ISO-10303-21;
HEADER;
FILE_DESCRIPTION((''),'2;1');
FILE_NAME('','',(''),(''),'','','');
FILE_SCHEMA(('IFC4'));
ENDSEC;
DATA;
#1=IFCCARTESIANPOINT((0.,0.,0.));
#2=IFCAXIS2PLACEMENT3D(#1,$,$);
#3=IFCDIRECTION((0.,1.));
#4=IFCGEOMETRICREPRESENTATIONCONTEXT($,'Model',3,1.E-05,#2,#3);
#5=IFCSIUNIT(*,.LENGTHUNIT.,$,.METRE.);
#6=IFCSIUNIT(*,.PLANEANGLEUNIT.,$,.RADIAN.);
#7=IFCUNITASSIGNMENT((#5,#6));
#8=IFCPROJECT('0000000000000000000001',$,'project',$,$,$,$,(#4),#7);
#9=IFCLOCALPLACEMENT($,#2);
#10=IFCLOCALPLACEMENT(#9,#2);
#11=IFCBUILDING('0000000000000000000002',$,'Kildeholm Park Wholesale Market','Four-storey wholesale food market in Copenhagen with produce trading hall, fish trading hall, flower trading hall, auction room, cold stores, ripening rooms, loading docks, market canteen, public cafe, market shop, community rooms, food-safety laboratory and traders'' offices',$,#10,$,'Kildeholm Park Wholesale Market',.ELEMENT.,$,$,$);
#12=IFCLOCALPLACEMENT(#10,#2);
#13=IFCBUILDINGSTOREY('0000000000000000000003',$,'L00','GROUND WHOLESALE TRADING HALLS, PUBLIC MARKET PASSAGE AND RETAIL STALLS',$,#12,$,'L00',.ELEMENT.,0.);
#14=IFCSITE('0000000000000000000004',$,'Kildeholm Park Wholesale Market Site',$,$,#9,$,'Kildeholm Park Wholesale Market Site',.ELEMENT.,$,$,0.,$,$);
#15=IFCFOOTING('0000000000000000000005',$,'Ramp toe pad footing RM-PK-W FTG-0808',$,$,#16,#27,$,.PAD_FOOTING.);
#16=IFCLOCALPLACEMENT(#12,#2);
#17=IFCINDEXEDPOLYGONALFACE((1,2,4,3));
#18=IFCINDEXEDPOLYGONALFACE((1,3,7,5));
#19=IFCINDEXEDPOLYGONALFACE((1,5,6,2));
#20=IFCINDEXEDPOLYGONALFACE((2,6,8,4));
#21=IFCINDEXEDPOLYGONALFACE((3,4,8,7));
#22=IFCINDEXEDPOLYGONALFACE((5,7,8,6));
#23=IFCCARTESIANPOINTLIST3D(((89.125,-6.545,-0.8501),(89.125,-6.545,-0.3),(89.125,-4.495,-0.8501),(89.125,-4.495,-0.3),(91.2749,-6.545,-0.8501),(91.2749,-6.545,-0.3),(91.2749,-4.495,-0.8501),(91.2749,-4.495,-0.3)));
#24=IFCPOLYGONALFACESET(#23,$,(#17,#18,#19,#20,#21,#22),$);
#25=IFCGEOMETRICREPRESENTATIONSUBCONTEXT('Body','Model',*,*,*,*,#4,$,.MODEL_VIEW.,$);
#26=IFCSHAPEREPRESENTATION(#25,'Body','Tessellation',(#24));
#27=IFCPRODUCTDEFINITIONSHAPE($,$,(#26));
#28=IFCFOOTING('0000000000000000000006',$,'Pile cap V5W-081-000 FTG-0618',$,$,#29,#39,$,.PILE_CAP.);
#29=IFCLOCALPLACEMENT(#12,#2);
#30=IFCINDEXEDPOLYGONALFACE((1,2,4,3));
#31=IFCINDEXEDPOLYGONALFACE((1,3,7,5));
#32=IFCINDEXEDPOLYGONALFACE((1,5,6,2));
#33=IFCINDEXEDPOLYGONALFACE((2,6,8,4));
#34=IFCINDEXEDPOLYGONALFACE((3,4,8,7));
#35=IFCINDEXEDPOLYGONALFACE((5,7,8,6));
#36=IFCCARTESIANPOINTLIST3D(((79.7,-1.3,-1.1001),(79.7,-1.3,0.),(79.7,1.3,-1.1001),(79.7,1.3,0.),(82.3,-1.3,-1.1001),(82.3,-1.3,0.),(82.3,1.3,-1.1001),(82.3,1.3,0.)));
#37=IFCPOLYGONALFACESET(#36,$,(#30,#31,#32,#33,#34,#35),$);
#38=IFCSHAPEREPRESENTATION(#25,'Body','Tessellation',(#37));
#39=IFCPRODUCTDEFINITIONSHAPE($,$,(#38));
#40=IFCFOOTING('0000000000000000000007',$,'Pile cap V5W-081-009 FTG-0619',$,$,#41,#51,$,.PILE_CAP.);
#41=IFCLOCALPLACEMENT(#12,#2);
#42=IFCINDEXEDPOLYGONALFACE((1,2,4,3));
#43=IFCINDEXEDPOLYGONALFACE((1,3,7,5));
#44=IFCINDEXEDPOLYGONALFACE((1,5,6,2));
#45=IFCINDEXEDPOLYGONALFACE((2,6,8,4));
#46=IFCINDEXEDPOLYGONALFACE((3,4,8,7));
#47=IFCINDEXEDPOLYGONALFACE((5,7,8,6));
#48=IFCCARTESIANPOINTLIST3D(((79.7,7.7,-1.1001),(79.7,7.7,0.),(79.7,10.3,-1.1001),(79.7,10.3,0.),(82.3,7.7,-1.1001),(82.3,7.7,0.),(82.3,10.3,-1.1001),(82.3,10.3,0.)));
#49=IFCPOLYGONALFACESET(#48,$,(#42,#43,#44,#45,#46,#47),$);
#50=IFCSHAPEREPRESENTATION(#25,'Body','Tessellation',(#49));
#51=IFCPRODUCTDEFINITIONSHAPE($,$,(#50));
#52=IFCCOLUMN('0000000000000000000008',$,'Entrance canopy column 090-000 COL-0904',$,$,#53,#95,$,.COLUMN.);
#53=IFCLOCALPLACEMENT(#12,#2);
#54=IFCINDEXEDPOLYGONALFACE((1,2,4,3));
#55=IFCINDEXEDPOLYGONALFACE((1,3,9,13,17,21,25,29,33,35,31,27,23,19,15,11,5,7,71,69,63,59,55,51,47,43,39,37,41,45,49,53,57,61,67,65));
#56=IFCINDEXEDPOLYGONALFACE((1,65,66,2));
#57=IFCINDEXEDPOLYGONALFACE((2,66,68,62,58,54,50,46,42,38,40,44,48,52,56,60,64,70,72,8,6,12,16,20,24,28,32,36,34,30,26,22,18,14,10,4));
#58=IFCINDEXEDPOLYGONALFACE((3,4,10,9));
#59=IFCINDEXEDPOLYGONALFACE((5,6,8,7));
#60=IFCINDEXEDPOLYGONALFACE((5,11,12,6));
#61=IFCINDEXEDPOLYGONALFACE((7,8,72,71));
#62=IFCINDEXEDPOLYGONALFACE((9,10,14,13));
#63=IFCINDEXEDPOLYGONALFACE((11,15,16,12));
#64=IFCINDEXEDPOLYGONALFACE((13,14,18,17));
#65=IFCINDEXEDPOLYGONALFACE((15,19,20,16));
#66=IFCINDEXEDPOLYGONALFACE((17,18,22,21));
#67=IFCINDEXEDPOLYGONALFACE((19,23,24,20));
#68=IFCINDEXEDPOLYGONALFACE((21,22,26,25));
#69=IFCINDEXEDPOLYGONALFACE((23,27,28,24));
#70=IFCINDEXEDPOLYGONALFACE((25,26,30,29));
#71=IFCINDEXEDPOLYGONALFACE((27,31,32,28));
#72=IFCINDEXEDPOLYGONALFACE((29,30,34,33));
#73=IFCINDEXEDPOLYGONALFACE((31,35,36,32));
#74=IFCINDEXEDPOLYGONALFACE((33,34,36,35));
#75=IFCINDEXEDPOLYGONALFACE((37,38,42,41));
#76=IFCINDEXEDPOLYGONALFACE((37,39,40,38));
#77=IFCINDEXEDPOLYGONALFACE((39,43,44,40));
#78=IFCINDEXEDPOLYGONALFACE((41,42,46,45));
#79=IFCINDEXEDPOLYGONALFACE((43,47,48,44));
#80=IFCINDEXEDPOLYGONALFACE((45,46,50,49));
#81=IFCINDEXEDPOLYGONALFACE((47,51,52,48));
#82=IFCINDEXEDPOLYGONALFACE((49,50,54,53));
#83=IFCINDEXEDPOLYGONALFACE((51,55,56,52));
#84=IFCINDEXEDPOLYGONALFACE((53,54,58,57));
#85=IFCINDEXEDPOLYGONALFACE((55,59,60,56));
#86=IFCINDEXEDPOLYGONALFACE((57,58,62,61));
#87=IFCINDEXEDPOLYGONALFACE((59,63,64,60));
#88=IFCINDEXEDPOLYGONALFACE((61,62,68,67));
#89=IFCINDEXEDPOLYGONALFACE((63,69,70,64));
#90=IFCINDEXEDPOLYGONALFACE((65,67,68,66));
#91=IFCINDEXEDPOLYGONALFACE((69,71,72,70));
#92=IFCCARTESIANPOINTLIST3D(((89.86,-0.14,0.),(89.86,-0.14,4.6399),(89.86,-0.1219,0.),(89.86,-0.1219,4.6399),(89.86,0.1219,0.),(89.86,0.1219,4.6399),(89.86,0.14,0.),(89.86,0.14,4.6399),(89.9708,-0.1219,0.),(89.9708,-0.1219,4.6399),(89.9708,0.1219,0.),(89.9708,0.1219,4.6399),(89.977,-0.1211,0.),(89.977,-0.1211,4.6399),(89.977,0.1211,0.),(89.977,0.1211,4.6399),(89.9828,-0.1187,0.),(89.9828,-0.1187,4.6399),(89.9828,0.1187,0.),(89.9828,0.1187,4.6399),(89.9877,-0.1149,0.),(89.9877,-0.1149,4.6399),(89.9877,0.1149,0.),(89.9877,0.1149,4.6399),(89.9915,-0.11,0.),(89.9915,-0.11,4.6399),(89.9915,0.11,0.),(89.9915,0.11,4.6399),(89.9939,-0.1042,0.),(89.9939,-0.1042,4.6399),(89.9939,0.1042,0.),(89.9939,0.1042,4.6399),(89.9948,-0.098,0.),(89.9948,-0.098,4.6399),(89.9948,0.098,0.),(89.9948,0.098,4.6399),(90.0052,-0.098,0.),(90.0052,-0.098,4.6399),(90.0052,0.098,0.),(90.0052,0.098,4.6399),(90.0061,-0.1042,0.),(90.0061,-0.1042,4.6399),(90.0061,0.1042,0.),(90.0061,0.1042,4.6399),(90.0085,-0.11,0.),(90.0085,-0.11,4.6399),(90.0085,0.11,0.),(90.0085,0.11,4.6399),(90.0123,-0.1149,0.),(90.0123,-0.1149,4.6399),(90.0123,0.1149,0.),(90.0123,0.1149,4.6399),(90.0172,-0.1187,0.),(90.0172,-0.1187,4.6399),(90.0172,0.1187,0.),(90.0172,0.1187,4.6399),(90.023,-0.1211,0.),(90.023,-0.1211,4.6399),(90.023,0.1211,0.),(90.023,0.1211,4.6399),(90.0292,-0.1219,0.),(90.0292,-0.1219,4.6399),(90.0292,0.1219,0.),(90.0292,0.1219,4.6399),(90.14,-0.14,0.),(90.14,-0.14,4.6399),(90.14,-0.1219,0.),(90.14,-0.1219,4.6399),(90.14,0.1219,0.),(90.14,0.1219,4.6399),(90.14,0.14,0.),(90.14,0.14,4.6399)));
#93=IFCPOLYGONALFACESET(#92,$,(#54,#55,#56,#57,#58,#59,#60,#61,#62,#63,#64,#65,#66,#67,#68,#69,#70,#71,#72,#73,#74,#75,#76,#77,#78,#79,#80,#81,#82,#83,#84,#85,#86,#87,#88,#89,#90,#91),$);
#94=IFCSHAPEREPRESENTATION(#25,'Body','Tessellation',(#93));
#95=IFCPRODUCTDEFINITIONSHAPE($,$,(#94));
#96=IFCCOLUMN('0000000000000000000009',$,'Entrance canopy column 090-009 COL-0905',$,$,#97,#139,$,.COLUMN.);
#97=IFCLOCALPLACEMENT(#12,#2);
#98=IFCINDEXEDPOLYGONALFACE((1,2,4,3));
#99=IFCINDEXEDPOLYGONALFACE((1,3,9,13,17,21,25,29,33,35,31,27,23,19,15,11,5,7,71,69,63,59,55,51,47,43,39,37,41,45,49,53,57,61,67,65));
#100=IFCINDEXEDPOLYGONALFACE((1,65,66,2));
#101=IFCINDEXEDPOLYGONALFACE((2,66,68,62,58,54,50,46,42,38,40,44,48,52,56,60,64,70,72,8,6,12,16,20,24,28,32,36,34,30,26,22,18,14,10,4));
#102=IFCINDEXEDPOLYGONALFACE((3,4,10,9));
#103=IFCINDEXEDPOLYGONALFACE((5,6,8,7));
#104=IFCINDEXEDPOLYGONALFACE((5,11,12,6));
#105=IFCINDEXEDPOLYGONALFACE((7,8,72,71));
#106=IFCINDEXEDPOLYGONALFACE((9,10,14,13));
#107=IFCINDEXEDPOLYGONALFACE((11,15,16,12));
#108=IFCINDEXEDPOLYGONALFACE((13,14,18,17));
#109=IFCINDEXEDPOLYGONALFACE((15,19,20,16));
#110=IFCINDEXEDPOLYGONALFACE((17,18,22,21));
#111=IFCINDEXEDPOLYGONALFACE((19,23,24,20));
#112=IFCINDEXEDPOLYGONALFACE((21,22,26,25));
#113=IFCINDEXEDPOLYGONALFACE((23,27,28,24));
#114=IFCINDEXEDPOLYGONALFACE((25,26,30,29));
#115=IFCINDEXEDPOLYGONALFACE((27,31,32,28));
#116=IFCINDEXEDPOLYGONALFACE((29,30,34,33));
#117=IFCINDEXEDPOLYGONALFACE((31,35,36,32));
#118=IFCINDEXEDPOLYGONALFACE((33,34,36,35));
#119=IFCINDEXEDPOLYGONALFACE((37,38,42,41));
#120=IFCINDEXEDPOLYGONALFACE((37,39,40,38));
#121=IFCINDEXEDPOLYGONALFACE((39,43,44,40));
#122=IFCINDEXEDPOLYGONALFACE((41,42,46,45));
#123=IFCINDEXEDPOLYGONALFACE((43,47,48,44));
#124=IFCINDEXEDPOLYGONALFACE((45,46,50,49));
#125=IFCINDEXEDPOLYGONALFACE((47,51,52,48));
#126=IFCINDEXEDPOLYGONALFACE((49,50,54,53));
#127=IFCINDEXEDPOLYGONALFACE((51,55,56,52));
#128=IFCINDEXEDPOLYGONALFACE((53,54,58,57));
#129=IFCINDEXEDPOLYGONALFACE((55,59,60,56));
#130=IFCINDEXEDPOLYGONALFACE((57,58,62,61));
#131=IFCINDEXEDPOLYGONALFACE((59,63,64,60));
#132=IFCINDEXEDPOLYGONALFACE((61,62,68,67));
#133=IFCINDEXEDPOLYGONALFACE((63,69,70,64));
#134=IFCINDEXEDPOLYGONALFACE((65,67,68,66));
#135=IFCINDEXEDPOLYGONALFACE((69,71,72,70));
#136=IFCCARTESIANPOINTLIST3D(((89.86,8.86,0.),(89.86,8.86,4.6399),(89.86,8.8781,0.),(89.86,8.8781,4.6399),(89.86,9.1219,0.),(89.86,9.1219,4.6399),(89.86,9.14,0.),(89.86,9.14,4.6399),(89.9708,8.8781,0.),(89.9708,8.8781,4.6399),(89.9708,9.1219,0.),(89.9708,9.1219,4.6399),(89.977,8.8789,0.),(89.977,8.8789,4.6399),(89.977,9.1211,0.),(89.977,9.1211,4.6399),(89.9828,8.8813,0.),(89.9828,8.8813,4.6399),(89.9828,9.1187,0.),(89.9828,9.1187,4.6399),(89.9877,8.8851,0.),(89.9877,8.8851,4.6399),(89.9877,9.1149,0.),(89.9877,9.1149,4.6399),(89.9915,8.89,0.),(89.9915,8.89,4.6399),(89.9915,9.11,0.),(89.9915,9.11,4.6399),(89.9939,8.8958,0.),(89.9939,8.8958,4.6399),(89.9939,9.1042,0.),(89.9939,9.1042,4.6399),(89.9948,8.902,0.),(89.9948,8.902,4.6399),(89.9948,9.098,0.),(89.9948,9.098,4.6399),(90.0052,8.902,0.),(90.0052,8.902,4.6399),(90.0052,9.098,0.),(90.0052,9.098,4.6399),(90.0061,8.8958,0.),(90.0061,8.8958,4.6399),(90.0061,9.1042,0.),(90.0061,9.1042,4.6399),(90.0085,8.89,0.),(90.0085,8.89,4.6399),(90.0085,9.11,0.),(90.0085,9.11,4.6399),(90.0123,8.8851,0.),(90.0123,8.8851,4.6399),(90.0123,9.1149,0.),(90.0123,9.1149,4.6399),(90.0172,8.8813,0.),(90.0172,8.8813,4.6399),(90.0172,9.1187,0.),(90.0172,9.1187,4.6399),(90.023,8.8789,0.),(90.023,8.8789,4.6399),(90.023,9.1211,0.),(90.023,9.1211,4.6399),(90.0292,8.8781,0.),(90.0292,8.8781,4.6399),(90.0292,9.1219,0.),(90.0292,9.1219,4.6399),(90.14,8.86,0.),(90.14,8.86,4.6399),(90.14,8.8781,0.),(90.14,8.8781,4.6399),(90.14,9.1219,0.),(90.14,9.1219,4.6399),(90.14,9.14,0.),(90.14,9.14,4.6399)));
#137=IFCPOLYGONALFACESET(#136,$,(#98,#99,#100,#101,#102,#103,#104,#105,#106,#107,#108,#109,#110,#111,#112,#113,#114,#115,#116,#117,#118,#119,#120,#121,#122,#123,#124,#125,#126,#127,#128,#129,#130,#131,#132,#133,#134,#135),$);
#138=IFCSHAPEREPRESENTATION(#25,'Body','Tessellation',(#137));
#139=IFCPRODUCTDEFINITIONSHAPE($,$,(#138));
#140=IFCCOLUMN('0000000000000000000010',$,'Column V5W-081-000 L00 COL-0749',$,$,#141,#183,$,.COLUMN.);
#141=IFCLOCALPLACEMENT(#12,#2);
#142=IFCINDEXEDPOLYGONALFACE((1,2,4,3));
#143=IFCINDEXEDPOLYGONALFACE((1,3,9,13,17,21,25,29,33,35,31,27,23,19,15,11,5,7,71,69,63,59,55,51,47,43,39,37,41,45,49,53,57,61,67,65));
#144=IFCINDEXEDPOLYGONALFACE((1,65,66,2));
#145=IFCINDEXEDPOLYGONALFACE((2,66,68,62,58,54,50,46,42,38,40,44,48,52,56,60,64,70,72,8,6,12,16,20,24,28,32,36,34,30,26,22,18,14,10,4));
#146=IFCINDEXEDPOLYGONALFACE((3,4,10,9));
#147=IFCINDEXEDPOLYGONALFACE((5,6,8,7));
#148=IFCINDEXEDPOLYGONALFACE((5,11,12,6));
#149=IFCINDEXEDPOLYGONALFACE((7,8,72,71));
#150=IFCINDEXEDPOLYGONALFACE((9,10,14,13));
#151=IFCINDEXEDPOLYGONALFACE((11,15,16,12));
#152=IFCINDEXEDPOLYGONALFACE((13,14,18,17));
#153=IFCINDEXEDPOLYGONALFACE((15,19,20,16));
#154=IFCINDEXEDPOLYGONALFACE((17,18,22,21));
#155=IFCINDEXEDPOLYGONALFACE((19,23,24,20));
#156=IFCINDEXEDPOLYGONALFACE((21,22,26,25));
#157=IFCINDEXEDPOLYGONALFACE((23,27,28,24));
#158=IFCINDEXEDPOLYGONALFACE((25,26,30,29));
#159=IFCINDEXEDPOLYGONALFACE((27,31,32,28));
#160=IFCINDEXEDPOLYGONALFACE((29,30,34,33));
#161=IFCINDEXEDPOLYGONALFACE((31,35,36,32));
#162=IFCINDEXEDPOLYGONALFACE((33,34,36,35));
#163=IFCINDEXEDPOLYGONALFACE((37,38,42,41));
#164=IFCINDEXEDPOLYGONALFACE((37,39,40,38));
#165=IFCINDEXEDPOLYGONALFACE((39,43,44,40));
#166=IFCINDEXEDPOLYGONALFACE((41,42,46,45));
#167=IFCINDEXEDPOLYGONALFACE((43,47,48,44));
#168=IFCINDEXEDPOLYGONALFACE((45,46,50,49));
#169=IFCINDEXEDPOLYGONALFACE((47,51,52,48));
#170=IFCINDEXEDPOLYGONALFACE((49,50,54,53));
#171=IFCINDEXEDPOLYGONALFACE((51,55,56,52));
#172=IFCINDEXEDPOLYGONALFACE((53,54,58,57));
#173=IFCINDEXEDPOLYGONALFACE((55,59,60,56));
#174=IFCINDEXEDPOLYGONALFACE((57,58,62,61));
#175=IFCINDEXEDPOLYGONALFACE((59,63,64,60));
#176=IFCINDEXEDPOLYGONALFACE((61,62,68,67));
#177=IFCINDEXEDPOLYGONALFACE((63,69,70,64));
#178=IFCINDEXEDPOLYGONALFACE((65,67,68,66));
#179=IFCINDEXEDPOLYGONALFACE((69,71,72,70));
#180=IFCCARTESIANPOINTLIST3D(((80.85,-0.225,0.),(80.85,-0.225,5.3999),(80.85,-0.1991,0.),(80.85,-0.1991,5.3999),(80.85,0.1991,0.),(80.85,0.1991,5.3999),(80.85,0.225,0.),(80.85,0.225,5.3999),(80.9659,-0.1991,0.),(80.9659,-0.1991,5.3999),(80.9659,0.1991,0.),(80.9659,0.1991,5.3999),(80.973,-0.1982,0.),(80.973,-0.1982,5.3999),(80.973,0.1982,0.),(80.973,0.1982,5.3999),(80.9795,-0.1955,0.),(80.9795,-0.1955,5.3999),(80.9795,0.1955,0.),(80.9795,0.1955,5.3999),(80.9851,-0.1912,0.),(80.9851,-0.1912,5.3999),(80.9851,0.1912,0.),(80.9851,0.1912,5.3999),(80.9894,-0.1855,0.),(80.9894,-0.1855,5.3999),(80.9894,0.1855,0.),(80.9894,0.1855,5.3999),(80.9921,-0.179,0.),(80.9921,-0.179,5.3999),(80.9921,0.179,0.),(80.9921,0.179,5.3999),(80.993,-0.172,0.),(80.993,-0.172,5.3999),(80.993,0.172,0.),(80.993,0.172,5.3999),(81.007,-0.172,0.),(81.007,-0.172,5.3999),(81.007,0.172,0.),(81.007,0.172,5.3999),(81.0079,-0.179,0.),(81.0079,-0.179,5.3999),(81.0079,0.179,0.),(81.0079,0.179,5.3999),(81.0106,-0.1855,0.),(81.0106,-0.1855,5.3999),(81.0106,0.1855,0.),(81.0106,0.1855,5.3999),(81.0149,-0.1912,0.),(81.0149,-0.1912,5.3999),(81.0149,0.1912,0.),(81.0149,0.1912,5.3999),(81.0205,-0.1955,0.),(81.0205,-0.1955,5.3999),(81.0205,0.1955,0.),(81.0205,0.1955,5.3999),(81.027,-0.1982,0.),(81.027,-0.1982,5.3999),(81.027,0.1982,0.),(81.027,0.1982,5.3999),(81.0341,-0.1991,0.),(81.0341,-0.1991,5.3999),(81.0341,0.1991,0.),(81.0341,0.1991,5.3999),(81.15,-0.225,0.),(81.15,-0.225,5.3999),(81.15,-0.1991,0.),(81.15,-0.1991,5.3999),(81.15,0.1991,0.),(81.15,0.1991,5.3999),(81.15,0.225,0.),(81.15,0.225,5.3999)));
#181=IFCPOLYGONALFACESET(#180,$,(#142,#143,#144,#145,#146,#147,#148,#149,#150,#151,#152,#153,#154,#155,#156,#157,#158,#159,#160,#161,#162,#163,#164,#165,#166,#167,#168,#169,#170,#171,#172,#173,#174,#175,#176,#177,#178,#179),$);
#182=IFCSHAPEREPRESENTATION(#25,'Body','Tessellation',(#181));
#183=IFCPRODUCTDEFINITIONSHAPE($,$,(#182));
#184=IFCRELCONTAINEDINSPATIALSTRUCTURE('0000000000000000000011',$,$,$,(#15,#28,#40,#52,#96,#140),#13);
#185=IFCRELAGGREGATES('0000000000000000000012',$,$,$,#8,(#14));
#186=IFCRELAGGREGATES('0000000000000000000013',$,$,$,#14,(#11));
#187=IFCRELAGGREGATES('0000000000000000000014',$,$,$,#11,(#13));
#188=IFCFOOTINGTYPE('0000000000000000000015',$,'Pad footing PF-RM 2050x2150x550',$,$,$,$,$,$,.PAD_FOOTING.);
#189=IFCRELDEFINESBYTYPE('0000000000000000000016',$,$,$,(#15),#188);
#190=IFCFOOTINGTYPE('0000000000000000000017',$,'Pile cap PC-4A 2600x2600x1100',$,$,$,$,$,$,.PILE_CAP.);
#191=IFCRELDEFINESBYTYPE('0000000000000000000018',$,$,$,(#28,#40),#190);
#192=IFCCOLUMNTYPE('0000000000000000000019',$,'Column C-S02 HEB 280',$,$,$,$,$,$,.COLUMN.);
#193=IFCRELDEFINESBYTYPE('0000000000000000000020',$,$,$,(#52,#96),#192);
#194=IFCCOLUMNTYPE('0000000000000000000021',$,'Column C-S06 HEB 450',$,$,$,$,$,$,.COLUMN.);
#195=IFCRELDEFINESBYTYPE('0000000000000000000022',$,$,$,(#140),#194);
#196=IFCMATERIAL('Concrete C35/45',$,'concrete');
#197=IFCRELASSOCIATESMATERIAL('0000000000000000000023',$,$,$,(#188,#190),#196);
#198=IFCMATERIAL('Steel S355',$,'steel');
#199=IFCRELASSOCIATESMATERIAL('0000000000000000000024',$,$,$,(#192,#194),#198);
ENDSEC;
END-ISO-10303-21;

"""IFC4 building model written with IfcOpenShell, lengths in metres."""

from ifc_helpers import new_model, si_unit, direction, frame, origin, origin_2d, place, context, subcontext, project, spatial, rectangle, i_section, extrude, material, material_profile, profile_set, type_object, element, save


model = new_model("IFC4")

# Units and contexts
model_context = context("Model", 3, precision=1e-05, world=origin(), true_north=direction((0.0, 1.0)))
body_context = subcontext(model_context, "Body", "Model", "MODEL_VIEW")
ifc_project = project(units=[si_unit("LENGTHUNIT", "METRE"), si_unit("PLANEANGLEUNIT", "RADIAN")], contexts=[model_context])

# Site, building, storey
site_placement = place(None, origin())
site = spatial("IfcSite", under=ifc_project, at=site_placement, Name="Kildeholm Park Wholesale Market Site", LongName="Kildeholm Park Wholesale Market Site", CompositionType="ELEMENT", RefElevation=0.0)
building_placement = place(site_placement, origin())
building = spatial("IfcBuilding", under=site, at=building_placement, Name="Kildeholm Park Wholesale Market", Description="Four-storey wholesale food market in Copenhagen with produce trading hall, fish trading hall, flower trading hall, auction room, cold stores, ripening rooms, loading docks, market canteen, public cafe, market shop, community rooms, food-safety laboratory and traders' offices", LongName="Kildeholm Park Wholesale Market", CompositionType="ELEMENT")
storey_placement = place(building_placement, origin())
storey = spatial("IfcBuildingStorey", under=building, at=storey_placement, Name="L00", Description="GROUND WHOLESALE TRADING HALLS, PUBLIC MARKET PASSAGE AND RETAIL STALLS", LongName="L00", CompositionType="ELEMENT", Elevation=0.0)

# Shared definitions
ifc_material_1 = material(Name="Concrete C35/45", Category="concrete")

# Footings
footing_type_1 = type_object("IfcFootingType", Name="Pad footing PF-RM 2050x2150x550", PredefinedType="PAD_FOOTING", material=ifc_material_1)
footing_placement = place(storey_placement, frame((90.2, -5.52, -0.8501), z_axis=(0.0, 0.0, 1.0), x_axis=(0.0, 1.0, 0.0)))
element("IfcFooting", 1, at=footing_placement, inside=storey, type_object=footing_type_1, Name="Ramp toe pad footing RM-PK-W FTG-0808", PredefinedType="PAD_FOOTING", context=body_context, shape_type="SweptSolid", body=[
    extrude(rectangle(XDim=2.05, YDim=2.1499, at=origin_2d()), origin(), (0.0, 0.0, 1.0), 0.55),
])
footing_type_2 = type_object("IfcFootingType", Name="Pile cap PC-4A 2600x2600x1100", PredefinedType="PILE_CAP", material=ifc_material_1)
for number, where, z_axis, x_axis, name in (
    (2, (81.0, 0.0, -1.1001), (0.0, 0.0, 1.0), (1.0, 0.0, 0.0), "Pile cap V5W-081-000 FTG-0618"),
    (3, (81.0, 9.0, -1.1001), (0.0, 0.0, 1.0), (1.0, 0.0, 0.0), "Pile cap V5W-081-009 FTG-0619"),
):
    element("IfcFooting", number, at=place(storey_placement, frame(where, z_axis=z_axis, x_axis=x_axis)), inside=storey, type_object=footing_type_2, Name=name, PredefinedType="PILE_CAP", context=body_context, shape_type="SweptSolid", body=[
        extrude(rectangle(XDim=2.6001, YDim=2.6001, at=origin_2d()), origin(), (0.0, 0.0, 1.0), 1.1001),
    ])

# Columns
ifc_material_2 = material(Name="Steel S355", Category="steel")
ifc_material_profile_1 = material_profile(ifc_material_2, i_section(OverallWidth=0.28, OverallDepth=0.28, WebThickness=0.0105, FlangeThickness=0.0181, FilletRadius=0.0239, at=origin_2d()), Name="HEB 280")
ifc_profile_set_1 = profile_set([ifc_material_profile_1], Name="Steel S355")
column_type_1 = type_object("IfcColumnType", Name="Column C-S02 HEB 280", PredefinedType="COLUMN", material=ifc_profile_set_1)
for number, where, z_axis, x_axis, name in (
    (4, (90.0, 0.0, 0.0), (0.0, 0.0, 1.0), (1.0, 0.0, 0.0), "Entrance canopy column 090-000 COL-0904"),
    (5, (90.0, 9.0, 0.0), (0.0, 0.0, 1.0), (1.0, 0.0, 0.0), "Entrance canopy column 090-009 COL-0905"),
):
    element("IfcColumn", number, at=place(storey_placement, frame(where, z_axis=z_axis, x_axis=x_axis)), inside=storey, type_object=column_type_1, Name=name, PredefinedType="COLUMN", context=body_context, shape_type="SweptSolid", body=[
        extrude(i_section(OverallWidth=0.28, OverallDepth=0.28, WebThickness=0.0105, FlangeThickness=0.0181, FilletRadius=0.0239, at=origin_2d()), origin(), (0.0, 0.0, 1.0), 4.6399),
    ])
ifc_material_profile_2 = material_profile(ifc_material_2, i_section(OverallWidth=0.3, OverallDepth=0.45, WebThickness=0.0139, FlangeThickness=0.0259, FilletRadius=0.0271, at=origin_2d()), Name="HEB 450")
ifc_profile_set_2 = profile_set([ifc_material_profile_2], Name="Steel S355")
column_type_2 = type_object("IfcColumnType", Name="Column C-S06 HEB 450", PredefinedType="COLUMN", material=ifc_profile_set_2)
for number, where, z_axis, x_axis, name in (
    (6, (81.0, 0.0, 0.0), (0.0, 0.0, 1.0), (1.0, 0.0, 0.0), "Column V5W-081-000 L00 COL-0749"),
):
    element("IfcColumn", number, at=place(storey_placement, frame(where, z_axis=z_axis, x_axis=x_axis)), inside=storey, type_object=column_type_2, Name=name, PredefinedType="COLUMN", context=body_context, shape_type="SweptSolid", body=[
        extrude(i_section(OverallWidth=0.3, OverallDepth=0.45, WebThickness=0.0139, FlangeThickness=0.0259, FilletRadius=0.0271, at=origin_2d()), origin(), (0.0, 0.0, 1.0), 5.3999),
    ])

save(model, "model.ifc")
